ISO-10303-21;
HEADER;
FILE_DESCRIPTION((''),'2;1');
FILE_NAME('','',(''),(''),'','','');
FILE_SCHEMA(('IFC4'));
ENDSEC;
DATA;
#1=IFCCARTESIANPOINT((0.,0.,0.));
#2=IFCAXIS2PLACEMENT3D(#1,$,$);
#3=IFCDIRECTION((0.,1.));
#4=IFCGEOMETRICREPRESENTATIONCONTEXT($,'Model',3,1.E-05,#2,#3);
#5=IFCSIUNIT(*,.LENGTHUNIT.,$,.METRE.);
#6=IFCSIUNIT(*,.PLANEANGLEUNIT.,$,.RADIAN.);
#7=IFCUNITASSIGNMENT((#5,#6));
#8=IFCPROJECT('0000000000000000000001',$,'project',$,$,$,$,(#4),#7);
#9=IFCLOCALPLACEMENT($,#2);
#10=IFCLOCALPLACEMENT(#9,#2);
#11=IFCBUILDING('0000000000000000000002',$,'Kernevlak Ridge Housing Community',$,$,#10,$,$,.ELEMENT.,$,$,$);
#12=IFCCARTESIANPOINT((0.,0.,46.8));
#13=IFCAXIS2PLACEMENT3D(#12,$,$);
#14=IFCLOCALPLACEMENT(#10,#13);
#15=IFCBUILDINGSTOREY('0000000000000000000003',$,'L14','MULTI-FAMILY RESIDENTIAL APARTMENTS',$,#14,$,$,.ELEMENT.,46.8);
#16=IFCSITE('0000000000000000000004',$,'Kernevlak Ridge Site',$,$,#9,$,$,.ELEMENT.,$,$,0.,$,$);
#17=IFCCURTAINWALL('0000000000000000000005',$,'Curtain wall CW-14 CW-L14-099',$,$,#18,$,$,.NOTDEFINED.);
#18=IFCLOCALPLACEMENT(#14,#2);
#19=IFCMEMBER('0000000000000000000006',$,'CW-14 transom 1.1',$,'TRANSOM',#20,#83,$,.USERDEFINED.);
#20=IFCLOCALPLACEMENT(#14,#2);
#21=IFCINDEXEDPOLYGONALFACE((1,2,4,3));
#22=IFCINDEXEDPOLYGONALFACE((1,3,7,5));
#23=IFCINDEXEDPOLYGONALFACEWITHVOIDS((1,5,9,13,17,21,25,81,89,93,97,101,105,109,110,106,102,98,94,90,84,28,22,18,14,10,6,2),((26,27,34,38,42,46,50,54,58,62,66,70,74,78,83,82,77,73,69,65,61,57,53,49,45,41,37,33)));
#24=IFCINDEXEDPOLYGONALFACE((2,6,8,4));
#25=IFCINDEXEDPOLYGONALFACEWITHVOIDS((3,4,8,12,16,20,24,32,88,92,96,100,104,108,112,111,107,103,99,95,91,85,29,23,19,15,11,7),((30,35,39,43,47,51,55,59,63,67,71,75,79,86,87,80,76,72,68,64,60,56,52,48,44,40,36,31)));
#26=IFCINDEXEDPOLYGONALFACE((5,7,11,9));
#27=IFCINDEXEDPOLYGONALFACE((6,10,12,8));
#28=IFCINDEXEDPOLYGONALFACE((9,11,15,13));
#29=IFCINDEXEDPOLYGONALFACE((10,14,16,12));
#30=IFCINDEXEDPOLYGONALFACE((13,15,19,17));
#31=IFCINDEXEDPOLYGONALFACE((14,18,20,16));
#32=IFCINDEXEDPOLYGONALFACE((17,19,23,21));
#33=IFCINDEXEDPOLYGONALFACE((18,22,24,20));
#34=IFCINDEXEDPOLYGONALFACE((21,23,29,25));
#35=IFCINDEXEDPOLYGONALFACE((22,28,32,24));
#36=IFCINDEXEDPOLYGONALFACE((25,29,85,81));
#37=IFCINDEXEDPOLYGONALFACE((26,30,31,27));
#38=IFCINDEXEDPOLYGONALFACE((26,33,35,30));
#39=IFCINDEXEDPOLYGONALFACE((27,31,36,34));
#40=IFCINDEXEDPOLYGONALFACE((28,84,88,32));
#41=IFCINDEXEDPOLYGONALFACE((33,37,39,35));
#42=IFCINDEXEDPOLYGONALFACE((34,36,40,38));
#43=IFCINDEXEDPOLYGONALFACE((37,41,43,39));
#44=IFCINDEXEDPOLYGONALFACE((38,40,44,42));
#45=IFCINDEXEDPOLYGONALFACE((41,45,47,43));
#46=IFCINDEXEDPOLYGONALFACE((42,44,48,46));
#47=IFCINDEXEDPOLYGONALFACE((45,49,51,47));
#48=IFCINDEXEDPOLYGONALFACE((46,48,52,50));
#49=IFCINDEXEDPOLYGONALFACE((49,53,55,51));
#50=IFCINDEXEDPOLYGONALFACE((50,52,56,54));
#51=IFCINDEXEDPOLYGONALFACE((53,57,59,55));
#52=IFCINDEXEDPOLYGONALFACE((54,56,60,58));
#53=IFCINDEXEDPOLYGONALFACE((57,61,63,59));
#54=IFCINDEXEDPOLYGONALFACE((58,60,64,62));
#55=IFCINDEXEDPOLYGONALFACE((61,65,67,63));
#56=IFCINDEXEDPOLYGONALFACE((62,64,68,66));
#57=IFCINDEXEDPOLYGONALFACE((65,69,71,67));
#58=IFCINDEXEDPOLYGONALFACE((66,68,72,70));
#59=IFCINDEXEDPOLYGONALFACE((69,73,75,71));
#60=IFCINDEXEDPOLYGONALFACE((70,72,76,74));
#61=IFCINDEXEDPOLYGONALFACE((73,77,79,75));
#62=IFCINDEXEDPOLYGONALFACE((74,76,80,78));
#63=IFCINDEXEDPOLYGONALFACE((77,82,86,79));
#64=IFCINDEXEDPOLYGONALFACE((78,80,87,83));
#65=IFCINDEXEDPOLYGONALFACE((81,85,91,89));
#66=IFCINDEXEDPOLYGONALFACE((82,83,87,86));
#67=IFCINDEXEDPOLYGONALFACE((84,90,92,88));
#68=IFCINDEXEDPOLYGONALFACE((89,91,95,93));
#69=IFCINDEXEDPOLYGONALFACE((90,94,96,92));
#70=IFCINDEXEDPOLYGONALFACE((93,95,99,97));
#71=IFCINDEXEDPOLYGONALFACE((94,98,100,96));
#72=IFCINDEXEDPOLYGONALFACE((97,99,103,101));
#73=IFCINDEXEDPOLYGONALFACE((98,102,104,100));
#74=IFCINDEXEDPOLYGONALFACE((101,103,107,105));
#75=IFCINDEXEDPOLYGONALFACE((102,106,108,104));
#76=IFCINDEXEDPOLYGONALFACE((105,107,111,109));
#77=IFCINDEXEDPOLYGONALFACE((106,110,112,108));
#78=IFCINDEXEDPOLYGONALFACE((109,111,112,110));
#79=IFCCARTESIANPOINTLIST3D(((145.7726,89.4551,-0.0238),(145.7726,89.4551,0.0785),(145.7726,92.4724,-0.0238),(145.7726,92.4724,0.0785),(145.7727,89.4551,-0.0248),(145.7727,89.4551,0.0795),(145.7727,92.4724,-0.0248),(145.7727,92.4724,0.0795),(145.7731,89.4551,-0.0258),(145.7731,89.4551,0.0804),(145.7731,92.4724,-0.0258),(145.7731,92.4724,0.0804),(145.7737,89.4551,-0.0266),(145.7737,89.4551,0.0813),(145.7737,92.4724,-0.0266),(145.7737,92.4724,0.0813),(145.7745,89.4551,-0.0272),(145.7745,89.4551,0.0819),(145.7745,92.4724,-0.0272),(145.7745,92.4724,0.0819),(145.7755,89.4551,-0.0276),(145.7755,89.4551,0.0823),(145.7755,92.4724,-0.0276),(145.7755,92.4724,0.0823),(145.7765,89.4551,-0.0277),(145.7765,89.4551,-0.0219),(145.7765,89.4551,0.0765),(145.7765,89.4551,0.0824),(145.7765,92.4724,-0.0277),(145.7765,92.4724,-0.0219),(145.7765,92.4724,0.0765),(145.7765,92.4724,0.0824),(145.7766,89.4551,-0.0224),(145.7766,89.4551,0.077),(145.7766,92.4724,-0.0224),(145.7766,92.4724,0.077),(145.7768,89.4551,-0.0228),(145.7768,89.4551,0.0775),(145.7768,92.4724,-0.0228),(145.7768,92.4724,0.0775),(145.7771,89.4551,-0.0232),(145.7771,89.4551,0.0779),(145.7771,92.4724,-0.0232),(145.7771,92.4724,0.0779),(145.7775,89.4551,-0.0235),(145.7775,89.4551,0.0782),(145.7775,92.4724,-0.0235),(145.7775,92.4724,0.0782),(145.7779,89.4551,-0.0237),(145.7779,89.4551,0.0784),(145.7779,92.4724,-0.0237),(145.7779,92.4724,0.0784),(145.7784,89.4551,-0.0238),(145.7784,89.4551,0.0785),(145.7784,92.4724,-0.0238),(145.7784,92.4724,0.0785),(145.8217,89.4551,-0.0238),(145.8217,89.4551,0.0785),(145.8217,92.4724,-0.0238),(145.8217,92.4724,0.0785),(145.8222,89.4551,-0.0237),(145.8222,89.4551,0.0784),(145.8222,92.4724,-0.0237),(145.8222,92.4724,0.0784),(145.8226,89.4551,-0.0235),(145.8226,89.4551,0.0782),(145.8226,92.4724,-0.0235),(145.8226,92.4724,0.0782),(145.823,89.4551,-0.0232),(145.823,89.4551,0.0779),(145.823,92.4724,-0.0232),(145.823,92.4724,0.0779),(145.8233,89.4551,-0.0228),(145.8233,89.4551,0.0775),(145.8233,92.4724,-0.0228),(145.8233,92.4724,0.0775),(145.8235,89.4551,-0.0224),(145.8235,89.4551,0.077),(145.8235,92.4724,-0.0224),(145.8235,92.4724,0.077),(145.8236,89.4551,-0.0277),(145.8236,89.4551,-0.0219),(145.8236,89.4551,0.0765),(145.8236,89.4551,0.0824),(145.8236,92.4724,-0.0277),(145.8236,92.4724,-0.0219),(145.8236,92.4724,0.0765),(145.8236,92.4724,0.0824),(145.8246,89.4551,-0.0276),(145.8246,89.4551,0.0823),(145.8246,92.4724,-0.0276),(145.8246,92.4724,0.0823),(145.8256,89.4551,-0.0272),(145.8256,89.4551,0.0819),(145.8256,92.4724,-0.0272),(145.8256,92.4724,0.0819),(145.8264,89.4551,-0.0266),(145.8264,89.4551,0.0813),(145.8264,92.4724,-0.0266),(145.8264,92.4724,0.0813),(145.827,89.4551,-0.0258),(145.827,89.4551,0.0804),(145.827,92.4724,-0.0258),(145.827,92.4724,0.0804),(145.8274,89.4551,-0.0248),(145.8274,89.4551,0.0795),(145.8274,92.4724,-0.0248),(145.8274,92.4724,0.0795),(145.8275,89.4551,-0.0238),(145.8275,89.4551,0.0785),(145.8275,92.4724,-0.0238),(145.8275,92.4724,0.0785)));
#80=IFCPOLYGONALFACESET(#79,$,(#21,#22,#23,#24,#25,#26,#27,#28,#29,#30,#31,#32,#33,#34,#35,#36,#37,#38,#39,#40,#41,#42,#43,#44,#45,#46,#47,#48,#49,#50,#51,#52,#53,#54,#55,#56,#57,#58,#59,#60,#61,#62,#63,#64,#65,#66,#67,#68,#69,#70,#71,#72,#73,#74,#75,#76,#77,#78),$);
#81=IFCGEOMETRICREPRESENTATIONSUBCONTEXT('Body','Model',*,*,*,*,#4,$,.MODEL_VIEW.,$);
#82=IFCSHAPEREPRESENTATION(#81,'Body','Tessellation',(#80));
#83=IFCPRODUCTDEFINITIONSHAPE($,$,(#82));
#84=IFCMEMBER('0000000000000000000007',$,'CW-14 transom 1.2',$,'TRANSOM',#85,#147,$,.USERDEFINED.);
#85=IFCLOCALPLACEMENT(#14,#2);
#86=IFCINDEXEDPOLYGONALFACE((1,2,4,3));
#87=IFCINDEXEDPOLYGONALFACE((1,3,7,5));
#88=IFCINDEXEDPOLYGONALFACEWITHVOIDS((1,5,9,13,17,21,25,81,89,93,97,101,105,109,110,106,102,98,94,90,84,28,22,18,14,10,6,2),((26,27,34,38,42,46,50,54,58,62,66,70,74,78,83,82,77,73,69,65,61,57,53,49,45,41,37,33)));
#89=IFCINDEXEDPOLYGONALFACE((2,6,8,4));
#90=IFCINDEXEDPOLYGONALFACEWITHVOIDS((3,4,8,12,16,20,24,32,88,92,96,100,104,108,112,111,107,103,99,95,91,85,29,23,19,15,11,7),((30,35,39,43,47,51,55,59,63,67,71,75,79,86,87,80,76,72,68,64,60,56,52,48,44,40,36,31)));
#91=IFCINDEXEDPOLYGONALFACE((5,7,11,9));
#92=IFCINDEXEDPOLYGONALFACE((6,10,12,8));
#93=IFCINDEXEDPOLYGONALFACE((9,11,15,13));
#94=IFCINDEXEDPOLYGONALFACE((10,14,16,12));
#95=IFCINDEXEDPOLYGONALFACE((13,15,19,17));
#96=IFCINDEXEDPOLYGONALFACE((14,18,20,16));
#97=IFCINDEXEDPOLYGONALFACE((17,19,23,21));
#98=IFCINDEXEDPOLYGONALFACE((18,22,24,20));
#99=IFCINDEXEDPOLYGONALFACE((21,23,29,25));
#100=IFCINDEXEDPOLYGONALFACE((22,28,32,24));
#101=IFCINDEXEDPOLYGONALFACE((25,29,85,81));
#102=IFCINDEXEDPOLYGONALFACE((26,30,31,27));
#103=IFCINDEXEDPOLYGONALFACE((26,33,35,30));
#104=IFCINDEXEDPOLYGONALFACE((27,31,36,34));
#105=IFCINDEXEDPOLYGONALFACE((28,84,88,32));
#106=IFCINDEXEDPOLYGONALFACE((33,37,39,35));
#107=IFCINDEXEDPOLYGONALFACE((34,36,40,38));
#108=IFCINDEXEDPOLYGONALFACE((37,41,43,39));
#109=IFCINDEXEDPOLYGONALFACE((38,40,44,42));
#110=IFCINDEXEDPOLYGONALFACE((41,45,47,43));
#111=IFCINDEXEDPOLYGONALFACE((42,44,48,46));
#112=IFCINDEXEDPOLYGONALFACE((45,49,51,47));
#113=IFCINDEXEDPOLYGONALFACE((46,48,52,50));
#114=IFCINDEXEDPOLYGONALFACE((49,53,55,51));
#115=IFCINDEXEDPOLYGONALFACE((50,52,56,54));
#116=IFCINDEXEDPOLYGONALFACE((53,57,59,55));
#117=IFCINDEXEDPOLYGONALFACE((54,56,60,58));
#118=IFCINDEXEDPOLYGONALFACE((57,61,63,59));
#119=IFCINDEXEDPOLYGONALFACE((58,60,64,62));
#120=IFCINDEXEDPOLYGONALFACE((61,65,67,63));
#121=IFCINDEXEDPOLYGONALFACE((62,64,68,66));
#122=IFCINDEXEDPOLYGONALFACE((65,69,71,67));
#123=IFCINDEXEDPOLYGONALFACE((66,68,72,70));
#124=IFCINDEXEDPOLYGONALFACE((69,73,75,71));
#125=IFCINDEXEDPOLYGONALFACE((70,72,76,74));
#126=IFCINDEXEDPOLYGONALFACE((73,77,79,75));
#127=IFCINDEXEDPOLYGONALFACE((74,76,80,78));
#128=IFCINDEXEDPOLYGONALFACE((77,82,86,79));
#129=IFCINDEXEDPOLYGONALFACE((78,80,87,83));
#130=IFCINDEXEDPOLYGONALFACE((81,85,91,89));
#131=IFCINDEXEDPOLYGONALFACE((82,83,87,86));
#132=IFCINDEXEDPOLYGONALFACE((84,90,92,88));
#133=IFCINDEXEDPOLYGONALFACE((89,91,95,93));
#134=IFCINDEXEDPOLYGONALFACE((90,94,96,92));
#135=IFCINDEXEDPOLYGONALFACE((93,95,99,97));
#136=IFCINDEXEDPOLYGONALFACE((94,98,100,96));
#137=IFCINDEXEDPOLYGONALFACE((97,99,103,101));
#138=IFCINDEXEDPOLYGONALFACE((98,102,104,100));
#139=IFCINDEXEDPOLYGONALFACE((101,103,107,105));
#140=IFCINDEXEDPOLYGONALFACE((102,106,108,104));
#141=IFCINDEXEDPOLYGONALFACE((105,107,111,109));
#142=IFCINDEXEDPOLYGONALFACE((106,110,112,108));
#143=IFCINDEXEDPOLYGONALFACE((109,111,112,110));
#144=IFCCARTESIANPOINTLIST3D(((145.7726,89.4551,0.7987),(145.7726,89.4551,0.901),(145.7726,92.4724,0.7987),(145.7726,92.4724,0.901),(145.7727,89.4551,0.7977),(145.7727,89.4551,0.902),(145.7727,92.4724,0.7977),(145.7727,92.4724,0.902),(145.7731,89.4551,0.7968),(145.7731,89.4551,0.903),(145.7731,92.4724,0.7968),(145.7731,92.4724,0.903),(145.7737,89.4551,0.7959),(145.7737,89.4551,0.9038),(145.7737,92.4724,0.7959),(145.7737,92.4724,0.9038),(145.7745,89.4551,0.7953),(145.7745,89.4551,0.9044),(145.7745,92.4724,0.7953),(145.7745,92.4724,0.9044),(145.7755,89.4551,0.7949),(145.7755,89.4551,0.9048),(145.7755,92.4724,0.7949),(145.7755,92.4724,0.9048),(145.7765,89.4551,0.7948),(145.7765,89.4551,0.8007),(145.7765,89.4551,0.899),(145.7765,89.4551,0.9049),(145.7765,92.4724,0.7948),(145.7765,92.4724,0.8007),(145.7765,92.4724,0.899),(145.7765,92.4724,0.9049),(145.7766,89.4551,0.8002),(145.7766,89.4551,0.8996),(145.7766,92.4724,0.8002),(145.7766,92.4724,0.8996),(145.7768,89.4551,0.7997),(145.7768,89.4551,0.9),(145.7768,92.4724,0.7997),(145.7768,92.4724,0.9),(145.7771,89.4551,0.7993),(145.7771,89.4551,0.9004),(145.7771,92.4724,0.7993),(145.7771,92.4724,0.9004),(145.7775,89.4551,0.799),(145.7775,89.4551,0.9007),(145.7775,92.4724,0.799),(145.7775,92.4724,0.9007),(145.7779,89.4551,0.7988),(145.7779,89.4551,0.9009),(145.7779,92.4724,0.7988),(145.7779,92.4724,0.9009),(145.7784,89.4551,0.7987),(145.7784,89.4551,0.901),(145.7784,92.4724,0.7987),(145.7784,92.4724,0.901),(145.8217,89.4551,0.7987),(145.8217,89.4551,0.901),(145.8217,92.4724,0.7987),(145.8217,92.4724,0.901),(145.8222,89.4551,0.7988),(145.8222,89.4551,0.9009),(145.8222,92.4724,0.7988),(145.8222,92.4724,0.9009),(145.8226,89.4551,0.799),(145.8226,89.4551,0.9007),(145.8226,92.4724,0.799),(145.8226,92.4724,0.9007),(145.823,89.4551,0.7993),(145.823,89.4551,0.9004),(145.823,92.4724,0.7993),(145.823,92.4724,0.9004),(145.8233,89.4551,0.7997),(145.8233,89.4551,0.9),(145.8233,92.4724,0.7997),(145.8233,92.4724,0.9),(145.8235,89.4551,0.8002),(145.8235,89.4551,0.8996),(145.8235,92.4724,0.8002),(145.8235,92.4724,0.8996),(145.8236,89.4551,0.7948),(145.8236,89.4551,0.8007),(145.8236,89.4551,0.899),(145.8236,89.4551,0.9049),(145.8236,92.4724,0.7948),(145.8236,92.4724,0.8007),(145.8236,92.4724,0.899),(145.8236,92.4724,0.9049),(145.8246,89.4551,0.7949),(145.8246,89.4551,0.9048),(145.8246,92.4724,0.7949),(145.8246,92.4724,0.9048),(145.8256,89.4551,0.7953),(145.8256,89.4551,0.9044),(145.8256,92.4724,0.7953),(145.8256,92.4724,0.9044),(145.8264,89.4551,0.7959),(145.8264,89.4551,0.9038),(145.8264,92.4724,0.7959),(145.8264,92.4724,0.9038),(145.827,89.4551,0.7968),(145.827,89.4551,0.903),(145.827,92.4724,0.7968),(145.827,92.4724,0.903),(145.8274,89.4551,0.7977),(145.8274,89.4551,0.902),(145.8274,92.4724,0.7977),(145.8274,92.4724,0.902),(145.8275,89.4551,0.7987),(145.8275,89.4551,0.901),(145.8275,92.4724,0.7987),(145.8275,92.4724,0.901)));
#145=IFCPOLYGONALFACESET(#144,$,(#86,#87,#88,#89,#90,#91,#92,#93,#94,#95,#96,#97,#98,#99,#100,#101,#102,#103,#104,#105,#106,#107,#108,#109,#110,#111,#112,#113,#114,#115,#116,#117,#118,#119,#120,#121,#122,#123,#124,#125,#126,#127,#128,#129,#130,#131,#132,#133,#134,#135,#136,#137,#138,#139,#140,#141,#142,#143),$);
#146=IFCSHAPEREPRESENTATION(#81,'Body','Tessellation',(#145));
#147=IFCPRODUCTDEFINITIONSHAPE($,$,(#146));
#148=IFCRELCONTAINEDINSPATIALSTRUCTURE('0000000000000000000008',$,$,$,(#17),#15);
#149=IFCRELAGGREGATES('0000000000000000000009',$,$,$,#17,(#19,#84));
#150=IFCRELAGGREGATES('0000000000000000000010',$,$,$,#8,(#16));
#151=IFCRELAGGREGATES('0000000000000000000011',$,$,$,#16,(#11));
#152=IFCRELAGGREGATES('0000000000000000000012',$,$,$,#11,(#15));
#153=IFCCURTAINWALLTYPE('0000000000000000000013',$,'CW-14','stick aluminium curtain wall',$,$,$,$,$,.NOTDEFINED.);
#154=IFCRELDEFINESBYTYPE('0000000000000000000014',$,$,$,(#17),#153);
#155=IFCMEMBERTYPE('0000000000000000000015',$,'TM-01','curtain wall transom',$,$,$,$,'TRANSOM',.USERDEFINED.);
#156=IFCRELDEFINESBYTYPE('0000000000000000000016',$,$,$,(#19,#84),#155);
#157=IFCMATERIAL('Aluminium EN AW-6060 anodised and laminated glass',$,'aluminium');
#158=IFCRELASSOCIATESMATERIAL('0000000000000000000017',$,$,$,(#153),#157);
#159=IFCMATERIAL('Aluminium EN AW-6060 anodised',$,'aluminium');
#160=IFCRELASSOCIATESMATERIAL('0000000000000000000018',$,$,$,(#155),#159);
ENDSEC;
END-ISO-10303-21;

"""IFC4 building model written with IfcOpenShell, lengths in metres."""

from ifc_helpers import new_model, si_unit, direction, frame, origin, origin_2d, place, context, subcontext, project, spatial, hollow_rectangle, extrude, material, material_profile, profile_set, type_object, element, aggregate, save


model = new_model("IFC4")

# Units and contexts
model_context = context("Model", 3, precision=1e-05, world=origin(), true_north=direction((0.0, 1.0)))
body_context = subcontext(model_context, "Body", "Model", "MODEL_VIEW")
ifc_project = project(units=[si_unit("LENGTHUNIT", "METRE"), si_unit("PLANEANGLEUNIT", "RADIAN")], contexts=[model_context])

# Site, building, storey
site_placement = place(None, origin())
site = spatial("IfcSite", under=ifc_project, at=site_placement, Name="Kernevlak Ridge Site", CompositionType="ELEMENT", RefElevation=0.0)
building_placement = place(site_placement, origin())
building = spatial("IfcBuilding", under=site, at=building_placement, Name="Kernevlak Ridge Housing Community", CompositionType="ELEMENT")
storey_placement = place(building_placement, frame((0.0, 0.0, 46.8)))
storey = spatial("IfcBuildingStorey", under=building, at=storey_placement, Name="L14", Description="MULTI-FAMILY RESIDENTIAL APARTMENTS", CompositionType="ELEMENT", Elevation=46.8)

# Curtain wall
ifc_material_1 = material(Name="Aluminium EN AW-6060 anodised and laminated glass", Category="aluminium")
curtain_wall_type = type_object("IfcCurtainWallType", Name="CW-14", Description="stick aluminium curtain wall", PredefinedType="NOTDEFINED", material=ifc_material_1)
curtain_wall_placement = place(storey_placement, origin())
curtain_wall = element("IfcCurtainWall", 1, at=curtain_wall_placement, inside=storey, type_object=curtain_wall_type, Name="Curtain wall CW-14 CW-L14-099", PredefinedType="NOTDEFINED")
ifc_material_2 = material(Name="Aluminium EN AW-6060 anodised", Category="aluminium")

# Members
ifc_material_profile_1 = material_profile(ifc_material_2, hollow_rectangle(XDim=0.0549, YDim=0.1101, WallThickness=0.0039, InnerFilletRadius=0.002, OuterFilletRadius=0.0039, at=origin_2d()), Name="ALU 55x110x4")
ifc_profile_set_1 = profile_set([ifc_material_profile_1], Name="Aluminium EN AW-6060 anodised")
member_type_1 = type_object("IfcMemberType", Name="TM-01", Description="curtain wall transom", ElementType="TRANSOM", PredefinedType="USERDEFINED", material=ifc_profile_set_1)
member_1_placement = place(storey_placement, frame((145.8, 89.4551, 0.0273), z_axis=(0.0, 1.0, 0.0), x_axis=(-1.0, 0.0, 0.0)))
member_1 = element("IfcMember", 2, at=member_1_placement, type_object=member_type_1, Name="CW-14 transom 1.1", ObjectType="TRANSOM", PredefinedType="USERDEFINED", context=body_context, shape_type="SweptSolid", body=[
    extrude(hollow_rectangle(XDim=0.0549, YDim=0.1101, WallThickness=0.0039, InnerFilletRadius=0.002, OuterFilletRadius=0.0039, at=origin_2d()), origin(), (0.0, 0.0, 1.0), 3.0173),
])
member_2_placement = place(storey_placement, frame((145.8, 89.4551, 0.8499), z_axis=(0.0, 1.0, 0.0), x_axis=(-1.0, 0.0, 0.0)))
member_2 = element("IfcMember", 3, at=member_2_placement, type_object=member_type_1, Name="CW-14 transom 1.2", ObjectType="TRANSOM", PredefinedType="USERDEFINED", context=body_context, shape_type="SweptSolid", body=[
    extrude(hollow_rectangle(XDim=0.0549, YDim=0.1101, WallThickness=0.0039, InnerFilletRadius=0.002, OuterFilletRadius=0.0039, at=origin_2d()), origin(), (0.0, 0.0, 1.0), 3.0173),
])

aggregate(curtain_wall, [member_1, member_2])

save(model, "model.ifc")
